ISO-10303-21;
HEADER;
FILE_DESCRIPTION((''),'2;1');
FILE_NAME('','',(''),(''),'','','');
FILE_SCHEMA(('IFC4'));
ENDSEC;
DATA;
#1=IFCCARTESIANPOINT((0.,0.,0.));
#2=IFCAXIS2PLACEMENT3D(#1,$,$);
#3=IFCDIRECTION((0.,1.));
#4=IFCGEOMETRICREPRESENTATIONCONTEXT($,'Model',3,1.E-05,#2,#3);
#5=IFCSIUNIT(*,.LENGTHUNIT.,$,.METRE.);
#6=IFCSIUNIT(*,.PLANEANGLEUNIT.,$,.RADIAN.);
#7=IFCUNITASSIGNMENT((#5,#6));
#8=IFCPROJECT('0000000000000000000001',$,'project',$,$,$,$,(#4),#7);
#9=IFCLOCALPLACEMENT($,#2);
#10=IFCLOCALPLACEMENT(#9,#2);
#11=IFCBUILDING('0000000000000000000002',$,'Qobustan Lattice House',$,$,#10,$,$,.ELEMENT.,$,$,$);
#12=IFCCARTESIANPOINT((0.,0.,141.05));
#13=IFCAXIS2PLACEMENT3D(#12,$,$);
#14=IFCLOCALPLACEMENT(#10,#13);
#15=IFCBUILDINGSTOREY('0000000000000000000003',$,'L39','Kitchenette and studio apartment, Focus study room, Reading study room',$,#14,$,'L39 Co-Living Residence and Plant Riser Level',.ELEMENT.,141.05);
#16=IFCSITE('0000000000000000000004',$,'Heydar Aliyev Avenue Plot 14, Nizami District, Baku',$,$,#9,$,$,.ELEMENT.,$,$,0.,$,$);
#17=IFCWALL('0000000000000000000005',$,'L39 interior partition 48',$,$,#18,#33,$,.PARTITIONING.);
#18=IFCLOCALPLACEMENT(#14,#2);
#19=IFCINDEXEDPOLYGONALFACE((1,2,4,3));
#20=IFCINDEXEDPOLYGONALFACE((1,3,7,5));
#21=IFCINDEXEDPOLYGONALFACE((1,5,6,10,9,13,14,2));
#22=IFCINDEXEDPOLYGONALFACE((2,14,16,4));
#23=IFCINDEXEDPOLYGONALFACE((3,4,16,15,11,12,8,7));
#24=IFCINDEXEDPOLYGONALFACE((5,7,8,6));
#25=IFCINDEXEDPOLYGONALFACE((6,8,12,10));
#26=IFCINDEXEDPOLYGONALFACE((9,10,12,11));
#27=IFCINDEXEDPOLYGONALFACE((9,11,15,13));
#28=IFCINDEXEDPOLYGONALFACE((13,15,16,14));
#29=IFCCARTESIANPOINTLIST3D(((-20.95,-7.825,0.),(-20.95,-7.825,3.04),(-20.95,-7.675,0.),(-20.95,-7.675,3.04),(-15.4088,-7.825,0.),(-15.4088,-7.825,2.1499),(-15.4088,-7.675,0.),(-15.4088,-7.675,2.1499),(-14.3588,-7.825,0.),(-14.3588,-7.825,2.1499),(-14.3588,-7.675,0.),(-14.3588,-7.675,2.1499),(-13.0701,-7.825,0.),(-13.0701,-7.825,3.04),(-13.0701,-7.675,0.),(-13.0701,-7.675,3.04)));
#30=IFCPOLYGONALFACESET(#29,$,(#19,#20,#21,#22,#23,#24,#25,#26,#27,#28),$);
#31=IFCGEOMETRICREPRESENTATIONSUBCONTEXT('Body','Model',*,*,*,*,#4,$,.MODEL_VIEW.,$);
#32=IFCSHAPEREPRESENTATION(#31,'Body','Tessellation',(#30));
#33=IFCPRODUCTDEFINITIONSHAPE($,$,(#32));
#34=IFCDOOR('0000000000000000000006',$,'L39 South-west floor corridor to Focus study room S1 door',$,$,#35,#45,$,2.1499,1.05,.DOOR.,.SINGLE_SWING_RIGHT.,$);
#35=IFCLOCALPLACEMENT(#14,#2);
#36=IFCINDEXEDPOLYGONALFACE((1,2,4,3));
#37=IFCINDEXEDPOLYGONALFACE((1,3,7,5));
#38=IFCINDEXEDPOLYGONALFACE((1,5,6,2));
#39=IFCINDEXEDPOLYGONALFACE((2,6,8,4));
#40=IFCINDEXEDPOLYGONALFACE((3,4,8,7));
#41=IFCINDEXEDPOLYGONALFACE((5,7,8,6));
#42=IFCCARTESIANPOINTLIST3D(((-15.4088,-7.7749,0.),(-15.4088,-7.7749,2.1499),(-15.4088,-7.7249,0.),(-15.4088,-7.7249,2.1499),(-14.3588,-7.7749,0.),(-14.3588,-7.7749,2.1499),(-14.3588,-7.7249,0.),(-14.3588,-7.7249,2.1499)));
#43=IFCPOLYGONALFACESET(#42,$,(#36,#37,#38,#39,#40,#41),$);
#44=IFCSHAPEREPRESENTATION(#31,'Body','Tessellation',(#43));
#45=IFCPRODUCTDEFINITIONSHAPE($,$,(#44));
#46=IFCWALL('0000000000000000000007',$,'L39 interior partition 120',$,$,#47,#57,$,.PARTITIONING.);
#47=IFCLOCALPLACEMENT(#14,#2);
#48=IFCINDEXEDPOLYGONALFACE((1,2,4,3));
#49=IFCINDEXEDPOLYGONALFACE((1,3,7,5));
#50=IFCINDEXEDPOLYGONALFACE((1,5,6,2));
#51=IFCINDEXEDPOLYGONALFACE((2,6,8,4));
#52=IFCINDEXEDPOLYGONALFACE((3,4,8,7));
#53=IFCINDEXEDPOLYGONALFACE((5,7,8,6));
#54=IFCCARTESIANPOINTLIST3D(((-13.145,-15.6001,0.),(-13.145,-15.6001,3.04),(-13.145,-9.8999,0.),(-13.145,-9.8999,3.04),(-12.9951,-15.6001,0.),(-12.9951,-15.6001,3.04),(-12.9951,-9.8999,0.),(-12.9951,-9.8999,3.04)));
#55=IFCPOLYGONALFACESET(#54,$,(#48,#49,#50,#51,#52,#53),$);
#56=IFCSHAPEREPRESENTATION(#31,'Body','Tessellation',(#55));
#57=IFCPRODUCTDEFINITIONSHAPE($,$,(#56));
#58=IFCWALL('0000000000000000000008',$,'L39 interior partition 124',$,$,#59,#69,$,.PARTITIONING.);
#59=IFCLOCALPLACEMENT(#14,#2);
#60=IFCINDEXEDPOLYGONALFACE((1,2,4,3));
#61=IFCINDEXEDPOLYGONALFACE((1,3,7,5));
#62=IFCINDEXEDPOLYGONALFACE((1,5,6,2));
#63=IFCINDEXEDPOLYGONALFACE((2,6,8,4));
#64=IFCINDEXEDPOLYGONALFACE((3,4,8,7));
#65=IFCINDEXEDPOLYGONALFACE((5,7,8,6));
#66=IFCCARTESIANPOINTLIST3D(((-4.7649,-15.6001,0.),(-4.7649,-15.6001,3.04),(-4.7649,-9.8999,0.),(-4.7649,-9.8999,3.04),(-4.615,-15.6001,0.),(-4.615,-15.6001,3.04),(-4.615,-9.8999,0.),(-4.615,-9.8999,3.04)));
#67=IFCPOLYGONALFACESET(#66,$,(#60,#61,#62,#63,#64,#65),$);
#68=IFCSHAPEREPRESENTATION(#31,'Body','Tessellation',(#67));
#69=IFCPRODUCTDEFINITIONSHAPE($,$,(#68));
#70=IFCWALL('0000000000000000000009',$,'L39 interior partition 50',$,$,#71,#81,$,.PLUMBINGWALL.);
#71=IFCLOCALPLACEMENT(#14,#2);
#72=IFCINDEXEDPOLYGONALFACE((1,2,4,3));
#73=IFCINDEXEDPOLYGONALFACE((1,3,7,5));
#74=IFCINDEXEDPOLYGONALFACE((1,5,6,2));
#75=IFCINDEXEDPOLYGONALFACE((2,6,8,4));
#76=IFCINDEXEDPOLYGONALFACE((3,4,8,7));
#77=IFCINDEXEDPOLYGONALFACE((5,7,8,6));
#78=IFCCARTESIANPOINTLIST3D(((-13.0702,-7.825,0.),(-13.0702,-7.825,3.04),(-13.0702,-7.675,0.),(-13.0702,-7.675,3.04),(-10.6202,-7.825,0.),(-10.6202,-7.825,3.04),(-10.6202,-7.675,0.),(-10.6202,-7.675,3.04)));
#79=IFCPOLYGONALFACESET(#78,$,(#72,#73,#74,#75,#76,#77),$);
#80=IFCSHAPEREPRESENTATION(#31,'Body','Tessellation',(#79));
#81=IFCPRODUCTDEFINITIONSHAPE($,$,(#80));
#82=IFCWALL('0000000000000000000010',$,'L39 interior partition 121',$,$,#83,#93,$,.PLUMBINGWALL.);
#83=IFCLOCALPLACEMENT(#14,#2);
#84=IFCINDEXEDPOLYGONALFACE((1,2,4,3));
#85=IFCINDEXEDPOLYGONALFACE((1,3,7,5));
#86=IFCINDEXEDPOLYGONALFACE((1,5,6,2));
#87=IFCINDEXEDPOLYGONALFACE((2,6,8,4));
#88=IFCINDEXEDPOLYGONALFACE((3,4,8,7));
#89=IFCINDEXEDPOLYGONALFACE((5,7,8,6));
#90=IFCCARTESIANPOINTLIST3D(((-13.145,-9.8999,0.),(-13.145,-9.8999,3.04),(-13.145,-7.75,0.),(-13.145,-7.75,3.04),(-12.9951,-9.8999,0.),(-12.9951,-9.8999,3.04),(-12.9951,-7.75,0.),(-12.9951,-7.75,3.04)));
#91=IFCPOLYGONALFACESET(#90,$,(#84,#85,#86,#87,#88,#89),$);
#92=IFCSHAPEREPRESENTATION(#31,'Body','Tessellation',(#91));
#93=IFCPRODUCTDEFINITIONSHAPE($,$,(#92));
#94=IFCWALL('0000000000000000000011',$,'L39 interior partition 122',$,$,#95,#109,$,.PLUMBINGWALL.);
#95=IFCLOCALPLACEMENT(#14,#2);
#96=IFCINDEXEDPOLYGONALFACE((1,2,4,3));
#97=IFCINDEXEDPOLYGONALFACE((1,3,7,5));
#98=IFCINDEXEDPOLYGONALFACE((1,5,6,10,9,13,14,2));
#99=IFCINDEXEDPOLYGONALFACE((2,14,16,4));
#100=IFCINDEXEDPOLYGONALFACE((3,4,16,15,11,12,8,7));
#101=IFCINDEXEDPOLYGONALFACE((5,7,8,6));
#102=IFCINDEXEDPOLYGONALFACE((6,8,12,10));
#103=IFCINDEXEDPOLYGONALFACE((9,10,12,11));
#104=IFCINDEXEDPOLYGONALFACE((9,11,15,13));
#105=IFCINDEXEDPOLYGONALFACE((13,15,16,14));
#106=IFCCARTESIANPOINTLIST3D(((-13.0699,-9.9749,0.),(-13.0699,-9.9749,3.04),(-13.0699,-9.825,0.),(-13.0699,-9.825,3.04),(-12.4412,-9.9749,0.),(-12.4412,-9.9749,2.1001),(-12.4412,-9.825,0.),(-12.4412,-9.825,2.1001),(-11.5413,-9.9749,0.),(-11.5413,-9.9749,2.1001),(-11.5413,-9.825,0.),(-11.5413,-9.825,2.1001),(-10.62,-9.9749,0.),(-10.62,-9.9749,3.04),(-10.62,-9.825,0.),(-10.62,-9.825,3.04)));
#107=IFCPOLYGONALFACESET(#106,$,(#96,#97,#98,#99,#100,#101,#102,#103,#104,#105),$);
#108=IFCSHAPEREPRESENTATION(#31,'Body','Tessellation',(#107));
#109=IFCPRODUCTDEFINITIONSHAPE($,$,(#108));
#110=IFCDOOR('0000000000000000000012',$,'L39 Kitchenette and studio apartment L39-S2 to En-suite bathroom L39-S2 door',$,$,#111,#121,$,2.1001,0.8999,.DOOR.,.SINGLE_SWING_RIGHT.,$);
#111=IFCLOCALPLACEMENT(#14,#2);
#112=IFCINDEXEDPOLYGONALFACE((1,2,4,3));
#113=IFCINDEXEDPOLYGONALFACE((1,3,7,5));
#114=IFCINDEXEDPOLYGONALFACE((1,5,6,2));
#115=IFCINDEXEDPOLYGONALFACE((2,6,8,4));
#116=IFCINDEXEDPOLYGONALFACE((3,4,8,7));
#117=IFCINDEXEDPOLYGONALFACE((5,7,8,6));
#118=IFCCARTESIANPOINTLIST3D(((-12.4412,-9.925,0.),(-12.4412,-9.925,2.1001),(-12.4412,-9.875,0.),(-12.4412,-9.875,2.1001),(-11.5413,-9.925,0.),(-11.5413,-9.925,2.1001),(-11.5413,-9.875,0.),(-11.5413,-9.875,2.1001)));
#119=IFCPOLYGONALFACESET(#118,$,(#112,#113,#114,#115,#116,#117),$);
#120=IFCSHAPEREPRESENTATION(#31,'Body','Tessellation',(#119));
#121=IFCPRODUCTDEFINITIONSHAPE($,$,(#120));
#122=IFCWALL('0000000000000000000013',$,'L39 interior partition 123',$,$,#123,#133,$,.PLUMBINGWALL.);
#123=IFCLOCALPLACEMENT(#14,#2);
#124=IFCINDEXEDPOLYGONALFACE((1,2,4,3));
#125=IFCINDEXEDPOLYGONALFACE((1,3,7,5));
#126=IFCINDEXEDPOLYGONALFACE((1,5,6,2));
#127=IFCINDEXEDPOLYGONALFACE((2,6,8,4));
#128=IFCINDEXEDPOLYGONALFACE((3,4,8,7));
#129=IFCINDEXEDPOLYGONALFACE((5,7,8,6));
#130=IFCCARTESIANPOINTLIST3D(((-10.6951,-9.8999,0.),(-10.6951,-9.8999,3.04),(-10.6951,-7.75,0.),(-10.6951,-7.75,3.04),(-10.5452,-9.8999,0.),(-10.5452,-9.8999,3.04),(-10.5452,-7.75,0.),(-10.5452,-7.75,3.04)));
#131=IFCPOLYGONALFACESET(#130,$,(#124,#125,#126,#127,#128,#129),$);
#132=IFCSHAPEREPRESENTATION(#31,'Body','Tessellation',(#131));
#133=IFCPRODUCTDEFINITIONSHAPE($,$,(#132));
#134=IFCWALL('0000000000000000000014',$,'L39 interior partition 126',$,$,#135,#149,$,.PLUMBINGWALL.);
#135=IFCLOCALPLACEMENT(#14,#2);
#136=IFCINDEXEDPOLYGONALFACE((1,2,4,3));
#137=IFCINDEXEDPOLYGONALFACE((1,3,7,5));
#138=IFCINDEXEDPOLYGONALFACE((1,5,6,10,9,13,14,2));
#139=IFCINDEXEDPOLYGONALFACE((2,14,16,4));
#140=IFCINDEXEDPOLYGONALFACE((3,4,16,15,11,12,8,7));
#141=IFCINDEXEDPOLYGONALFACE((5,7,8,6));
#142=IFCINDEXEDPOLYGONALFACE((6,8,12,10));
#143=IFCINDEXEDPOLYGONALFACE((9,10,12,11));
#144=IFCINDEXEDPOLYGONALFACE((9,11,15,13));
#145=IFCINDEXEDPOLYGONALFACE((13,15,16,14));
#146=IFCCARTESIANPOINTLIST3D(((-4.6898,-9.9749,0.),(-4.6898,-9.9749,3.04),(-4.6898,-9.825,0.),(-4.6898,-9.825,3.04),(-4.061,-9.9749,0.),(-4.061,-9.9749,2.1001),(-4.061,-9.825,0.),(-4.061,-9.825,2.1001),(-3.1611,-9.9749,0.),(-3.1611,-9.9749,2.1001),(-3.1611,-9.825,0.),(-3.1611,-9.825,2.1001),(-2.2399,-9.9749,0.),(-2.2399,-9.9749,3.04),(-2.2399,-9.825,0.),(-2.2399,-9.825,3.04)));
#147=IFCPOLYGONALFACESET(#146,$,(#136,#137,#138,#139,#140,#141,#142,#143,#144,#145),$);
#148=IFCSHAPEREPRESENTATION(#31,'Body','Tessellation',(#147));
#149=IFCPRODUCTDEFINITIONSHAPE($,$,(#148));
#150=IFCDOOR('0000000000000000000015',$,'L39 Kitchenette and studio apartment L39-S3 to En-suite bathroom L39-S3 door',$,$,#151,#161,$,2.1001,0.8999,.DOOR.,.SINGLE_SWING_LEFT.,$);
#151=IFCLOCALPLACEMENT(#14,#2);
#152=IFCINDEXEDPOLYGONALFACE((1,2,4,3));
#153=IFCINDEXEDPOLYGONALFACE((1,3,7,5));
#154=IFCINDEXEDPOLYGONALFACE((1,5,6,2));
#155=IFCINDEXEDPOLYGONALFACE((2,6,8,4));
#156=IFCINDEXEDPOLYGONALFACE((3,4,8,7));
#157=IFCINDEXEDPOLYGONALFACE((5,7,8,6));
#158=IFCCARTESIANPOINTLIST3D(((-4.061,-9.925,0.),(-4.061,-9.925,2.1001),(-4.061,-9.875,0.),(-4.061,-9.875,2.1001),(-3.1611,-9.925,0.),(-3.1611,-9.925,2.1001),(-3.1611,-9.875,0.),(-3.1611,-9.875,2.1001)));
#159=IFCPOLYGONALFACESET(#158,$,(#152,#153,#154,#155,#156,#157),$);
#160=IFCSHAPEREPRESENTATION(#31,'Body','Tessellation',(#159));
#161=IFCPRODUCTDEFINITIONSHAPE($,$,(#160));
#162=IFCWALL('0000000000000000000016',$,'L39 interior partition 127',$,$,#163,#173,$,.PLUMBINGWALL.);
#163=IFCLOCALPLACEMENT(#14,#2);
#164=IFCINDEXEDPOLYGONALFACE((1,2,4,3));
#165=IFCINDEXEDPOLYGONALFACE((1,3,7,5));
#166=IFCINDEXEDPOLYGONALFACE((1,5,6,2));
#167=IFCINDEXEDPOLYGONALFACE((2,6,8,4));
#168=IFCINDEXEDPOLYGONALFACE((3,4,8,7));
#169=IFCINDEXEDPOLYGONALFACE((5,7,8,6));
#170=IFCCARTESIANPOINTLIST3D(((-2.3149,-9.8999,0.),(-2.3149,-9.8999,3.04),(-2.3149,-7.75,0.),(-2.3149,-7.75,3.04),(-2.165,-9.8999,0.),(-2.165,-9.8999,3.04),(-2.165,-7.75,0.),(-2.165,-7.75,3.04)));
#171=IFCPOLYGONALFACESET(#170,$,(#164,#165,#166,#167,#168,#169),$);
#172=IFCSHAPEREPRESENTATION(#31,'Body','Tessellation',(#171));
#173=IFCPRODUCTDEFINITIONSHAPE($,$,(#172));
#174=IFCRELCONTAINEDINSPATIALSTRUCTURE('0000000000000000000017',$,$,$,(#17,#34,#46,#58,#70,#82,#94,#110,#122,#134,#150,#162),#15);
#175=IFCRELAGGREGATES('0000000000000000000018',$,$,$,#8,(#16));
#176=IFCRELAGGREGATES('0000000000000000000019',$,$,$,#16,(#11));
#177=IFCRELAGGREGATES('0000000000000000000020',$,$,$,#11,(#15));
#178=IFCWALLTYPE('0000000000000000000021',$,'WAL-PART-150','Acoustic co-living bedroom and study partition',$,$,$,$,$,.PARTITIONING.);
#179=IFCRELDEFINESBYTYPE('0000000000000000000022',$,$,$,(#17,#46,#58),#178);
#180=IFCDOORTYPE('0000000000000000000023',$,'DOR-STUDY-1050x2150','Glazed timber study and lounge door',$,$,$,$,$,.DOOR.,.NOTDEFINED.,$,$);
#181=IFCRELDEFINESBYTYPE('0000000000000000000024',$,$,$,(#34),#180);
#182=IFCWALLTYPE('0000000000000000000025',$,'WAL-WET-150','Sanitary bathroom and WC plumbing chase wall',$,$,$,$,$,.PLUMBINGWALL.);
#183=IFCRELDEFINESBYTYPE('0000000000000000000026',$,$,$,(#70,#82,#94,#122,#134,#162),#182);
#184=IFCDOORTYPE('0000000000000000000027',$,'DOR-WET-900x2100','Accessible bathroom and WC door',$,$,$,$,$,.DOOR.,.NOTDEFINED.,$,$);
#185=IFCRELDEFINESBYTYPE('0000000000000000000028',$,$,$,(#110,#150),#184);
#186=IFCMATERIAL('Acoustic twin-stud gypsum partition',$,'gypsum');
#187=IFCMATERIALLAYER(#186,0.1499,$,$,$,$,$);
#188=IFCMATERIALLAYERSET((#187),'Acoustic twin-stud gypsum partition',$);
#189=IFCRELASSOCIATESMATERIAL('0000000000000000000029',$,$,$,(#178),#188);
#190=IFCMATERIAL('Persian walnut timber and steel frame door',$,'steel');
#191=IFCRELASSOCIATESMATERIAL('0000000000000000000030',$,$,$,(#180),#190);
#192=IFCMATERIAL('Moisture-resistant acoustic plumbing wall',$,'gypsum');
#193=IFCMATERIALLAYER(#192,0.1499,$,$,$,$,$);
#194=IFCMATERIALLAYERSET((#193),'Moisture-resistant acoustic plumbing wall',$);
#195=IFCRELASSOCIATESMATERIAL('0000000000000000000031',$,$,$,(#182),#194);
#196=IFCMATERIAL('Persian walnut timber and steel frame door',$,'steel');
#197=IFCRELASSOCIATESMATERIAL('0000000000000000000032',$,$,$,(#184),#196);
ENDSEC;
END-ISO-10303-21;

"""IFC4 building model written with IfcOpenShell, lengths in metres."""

from ifc_helpers import new_model, si_unit, direction, frame, frame_2d, origin, place, context, subcontext, project, spatial, rectangle, extrude, material, layer, layer_set, type_object, element, fill, save


model = new_model("IFC4")

# Units and contexts
model_context = context("Model", 3, precision=1e-05, world=origin(), true_north=direction((0.0, 1.0)))
body_context = subcontext(model_context, "Body", "Model", "MODEL_VIEW")
ifc_project = project(units=[si_unit("LENGTHUNIT", "METRE"), si_unit("PLANEANGLEUNIT", "RADIAN")], contexts=[model_context])

# Site, building, storey
site_placement = place(None, origin())
site = spatial("IfcSite", under=ifc_project, at=site_placement, Name="Heydar Aliyev Avenue Plot 14, Nizami District, Baku", CompositionType="ELEMENT", RefElevation=0.0)
building_placement = place(site_placement, origin())
building = spatial("IfcBuilding", under=site, at=building_placement, Name="Qobustan Lattice House", CompositionType="ELEMENT")
storey_placement = place(building_placement, frame((0.0, 0.0, 141.05)))
storey = spatial("IfcBuildingStorey", under=building, at=storey_placement, Name="L39", Description="Kitchenette and studio apartment, Focus study room, Reading study room", LongName="L39 Co-Living Residence and Plant Riser Level", CompositionType="ELEMENT", Elevation=141.05)

# Wall, opening, door
ifc_material_1 = material(Name="Acoustic twin-stud gypsum partition", Category="gypsum")
ifc_layer_1 = layer(ifc_material_1, 0.1499)
ifc_layer_set_1 = layer_set([ifc_layer_1], Name="Acoustic twin-stud gypsum partition")
wall_type_1 = type_object("IfcWallType", Name="WAL-PART-150", Description="Acoustic co-living bedroom and study partition", PredefinedType="PARTITIONING", material=ifc_layer_set_1)
wall_1_placement = place(storey_placement, frame((-13.0701, -7.75, 0.0), z_axis=(0.0, 0.0, 1.0), x_axis=(-1.0, 0.0, 0.0)))
wall_1 = element("IfcWall", 1, at=wall_1_placement, inside=storey, type_object=wall_type_1, Name="L39 interior partition 48", PredefinedType="PARTITIONING", context=body_context, shape_type="SweptSolid", body=[
    extrude(rectangle(XDim=7.8799, YDim=0.1499, at=frame_2d((3.9399, 0.0))), origin(), (0.0, 0.0, 1.0), 3.04),
])
opening_1_placement = place(wall_1_placement, frame((1.2888, 0.0, 0.0)))
opening_1 = element("IfcOpeningElement", 2, at=opening_1_placement, cuts=wall_1, PredefinedType="OPENING", context=body_context, shape_type="SweptSolid", body=[
    extrude(rectangle(XDim=1.05, YDim=2.1499, at=frame_2d((0.5249, 1.075))), frame((0.0, 0.085, 0.0), z_axis=(0.0, -1.0, 0.0), x_axis=(1.0, 0.0, 0.0)), (0.0, 0.0, 1.0), 0.1699),
])
ifc_material_2 = material(Name="Persian walnut timber and steel frame door", Category="steel")
door_type_1 = type_object("IfcDoorType", Name="DOR-STUDY-1050x2150", Description="Glazed timber study and lounge door", OperationType="NOTDEFINED", PredefinedType="DOOR", material=ifc_material_2)
door_1_placement = place(opening_1_placement, origin())
door_1 = element("IfcDoor", 3, at=door_1_placement, inside=storey, type_object=door_type_1, Name="L39 South-west floor corridor to Focus study room S1 door", OperationType="SINGLE_SWING_RIGHT", OverallHeight=2.1499, OverallWidth=1.05, PredefinedType="DOOR", context=body_context, shape_type="SweptSolid", body=[
    extrude(rectangle(XDim=1.05, YDim=2.1499, at=frame_2d((0.5249, 1.075))), frame((0.0, 0.0249, 0.0), z_axis=(0.0, -1.0, 0.0), x_axis=(1.0, 0.0, 0.0)), (0.0, 0.0, 1.0), 0.05),
])
fill(opening_1, door_1)

# Walls
for number, where, z_axis, x_axis, name in (
    (4, (-13.0701, -9.8999, 0.0), (0.0, 0.0, 1.0), (0.0, -1.0, 0.0), "L39 interior partition 120"),
    (5, (-4.6899, -9.8999, 0.0), (0.0, 0.0, 1.0), (0.0, -1.0, 0.0), "L39 interior partition 124"),
):
    element("IfcWall", number, at=place(storey_placement, frame(where, z_axis=z_axis, x_axis=x_axis)), inside=storey, type_object=wall_type_1, Name=name, PredefinedType="PARTITIONING", context=body_context, shape_type="SweptSolid", body=[
        extrude(rectangle(XDim=5.7002, YDim=0.1499, at=frame_2d((2.8501, 0.0))), origin(), (0.0, 0.0, 1.0), 3.04),
    ])
ifc_material_3 = material(Name="Moisture-resistant acoustic plumbing wall", Category="gypsum")
ifc_layer_2 = layer(ifc_material_3, 0.1499)
ifc_layer_set_2 = layer_set([ifc_layer_2], Name="Moisture-resistant acoustic plumbing wall")
wall_type_2 = type_object("IfcWallType", Name="WAL-WET-150", Description="Sanitary bathroom and WC plumbing chase wall", PredefinedType="PLUMBINGWALL", material=ifc_layer_set_2)
wall_2_placement = place(storey_placement, frame((-10.6201, -7.75, 0.0), z_axis=(0.0, 0.0, 1.0), x_axis=(-1.0, 0.0, 0.0)))
element("IfcWall", 6, at=wall_2_placement, inside=storey, type_object=wall_type_2, Name="L39 interior partition 50", PredefinedType="PLUMBINGWALL", context=body_context, shape_type="SweptSolid", body=[
    extrude(rectangle(XDim=2.45, YDim=0.1499, at=frame_2d((1.2251, 0.0))), origin(), (0.0, 0.0, 1.0), 3.04),
])
wall_3_placement = place(storey_placement, frame((-13.0701, -7.75, 0.0), z_axis=(0.0, 0.0, 1.0), x_axis=(0.0, -1.0, 0.0)))
element("IfcWall", 7, at=wall_3_placement, inside=storey, type_object=wall_type_2, Name="L39 interior partition 121", PredefinedType="PLUMBINGWALL", context=body_context, shape_type="SweptSolid", body=[
    extrude(rectangle(XDim=2.1499, YDim=0.1499, at=frame_2d((1.075, 0.0))), origin(), (0.0, 0.0, 1.0), 3.04),
])

# Wall, opening, door
wall_4_placement = place(storey_placement, frame((-13.0701, -9.8999, 0.0), z_axis=(0.0, 0.0, 1.0), x_axis=(1.0, 0.0, 0.0)))
wall_4 = element("IfcWall", 8, at=wall_4_placement, inside=storey, type_object=wall_type_2, Name="L39 interior partition 122", PredefinedType="PLUMBINGWALL", context=body_context, shape_type="SweptSolid", body=[
    extrude(rectangle(XDim=2.45, YDim=0.1499, at=frame_2d((1.2251, 0.0))), origin(), (0.0, 0.0, 1.0), 3.04),
])
opening_2_placement = place(wall_4_placement, frame((0.6289, 0.0, 0.0)))
opening_2 = element("IfcOpeningElement", 9, at=opening_2_placement, cuts=wall_4, PredefinedType="OPENING", context=body_context, shape_type="SweptSolid", body=[
    extrude(rectangle(XDim=0.8999, YDim=2.1001, at=frame_2d((0.45, 1.05))), frame((0.0, 0.085, 0.0), z_axis=(0.0, -1.0, 0.0), x_axis=(1.0, 0.0, 0.0)), (0.0, 0.0, 1.0), 0.1699),
])
ifc_material_4 = material(Name="Persian walnut timber and steel frame door", Category="steel")
door_type_2 = type_object("IfcDoorType", Name="DOR-WET-900x2100", Description="Accessible bathroom and WC door", OperationType="NOTDEFINED", PredefinedType="DOOR", material=ifc_material_4)
door_2_placement = place(opening_2_placement, origin())
door_2 = element("IfcDoor", 10, at=door_2_placement, inside=storey, type_object=door_type_2, Name="L39 Kitchenette and studio apartment L39-S2 to En-suite bathroom L39-S2 door", OperationType="SINGLE_SWING_RIGHT", OverallHeight=2.1001, OverallWidth=0.8999, PredefinedType="DOOR", context=body_context, shape_type="SweptSolid", body=[
    extrude(rectangle(XDim=0.8999, YDim=2.1001, at=frame_2d((0.45, 1.05))), frame((0.0, 0.0249, 0.0), z_axis=(0.0, -1.0, 0.0), x_axis=(1.0, 0.0, 0.0)), (0.0, 0.0, 1.0), 0.05),
])
fill(opening_2, door_2)

# Wall
wall_5_placement = place(storey_placement, frame((-10.6201, -9.8999, 0.0), z_axis=(0.0, 0.0, 1.0), x_axis=(0.0, 1.0, 0.0)))
element("IfcWall", 11, at=wall_5_placement, inside=storey, type_object=wall_type_2, Name="L39 interior partition 123", PredefinedType="PLUMBINGWALL", context=body_context, shape_type="SweptSolid", body=[
    extrude(rectangle(XDim=2.1499, YDim=0.1499, at=frame_2d((1.075, 0.0))), origin(), (0.0, 0.0, 1.0), 3.04),
])

# Wall, opening, door
wall_6_placement = place(storey_placement, frame((-4.6899, -9.8999, 0.0), z_axis=(0.0, 0.0, 1.0), x_axis=(1.0, 0.0, 0.0)))
wall_6 = element("IfcWall", 12, at=wall_6_placement, inside=storey, type_object=wall_type_2, Name="L39 interior partition 126", PredefinedType="PLUMBINGWALL", context=body_context, shape_type="SweptSolid", body=[
    extrude(rectangle(XDim=2.45, YDim=0.1499, at=frame_2d((1.2251, 0.0))), origin(), (0.0, 0.0, 1.0), 3.04),
])
opening_3_placement = place(wall_6_placement, frame((0.6289, 0.0, 0.0)))
opening_3 = element("IfcOpeningElement", 13, at=opening_3_placement, cuts=wall_6, PredefinedType="OPENING", context=body_context, shape_type="SweptSolid", body=[
    extrude(rectangle(XDim=0.8999, YDim=2.1001, at=frame_2d((0.45, 1.05))), frame((0.0, 0.085, 0.0), z_axis=(0.0, -1.0, 0.0), x_axis=(1.0, 0.0, 0.0)), (0.0, 0.0, 1.0), 0.1699),
])
door_3_placement = place(opening_3_placement, origin())
door_3 = element("IfcDoor", 14, at=door_3_placement, inside=storey, type_object=door_type_2, Name="L39 Kitchenette and studio apartment L39-S3 to En-suite bathroom L39-S3 door", OperationType="SINGLE_SWING_LEFT", OverallHeight=2.1001, OverallWidth=0.8999, PredefinedType="DOOR", context=body_context, shape_type="SweptSolid", body=[
    extrude(rectangle(XDim=0.8999, YDim=2.1001, at=frame_2d((0.45, 1.05))), frame((0.0, 0.0249, 0.0), z_axis=(0.0, -1.0, 0.0), x_axis=(1.0, 0.0, 0.0)), (0.0, 0.0, 1.0), 0.05),
])
fill(opening_3, door_3)

# Wall
wall_7_placement = place(storey_placement, frame((-2.24, -9.8999, 0.0), z_axis=(0.0, 0.0, 1.0), x_axis=(0.0, 1.0, 0.0)))
element("IfcWall", 15, at=wall_7_placement, inside=storey, type_object=wall_type_2, Name="L39 interior partition 127", PredefinedType="PLUMBINGWALL", context=body_context, shape_type="SweptSolid", body=[
    extrude(rectangle(XDim=2.1499, YDim=0.1499, at=frame_2d((1.075, 0.0))), origin(), (0.0, 0.0, 1.0), 3.04),
])

save(model, "model.ifc")
